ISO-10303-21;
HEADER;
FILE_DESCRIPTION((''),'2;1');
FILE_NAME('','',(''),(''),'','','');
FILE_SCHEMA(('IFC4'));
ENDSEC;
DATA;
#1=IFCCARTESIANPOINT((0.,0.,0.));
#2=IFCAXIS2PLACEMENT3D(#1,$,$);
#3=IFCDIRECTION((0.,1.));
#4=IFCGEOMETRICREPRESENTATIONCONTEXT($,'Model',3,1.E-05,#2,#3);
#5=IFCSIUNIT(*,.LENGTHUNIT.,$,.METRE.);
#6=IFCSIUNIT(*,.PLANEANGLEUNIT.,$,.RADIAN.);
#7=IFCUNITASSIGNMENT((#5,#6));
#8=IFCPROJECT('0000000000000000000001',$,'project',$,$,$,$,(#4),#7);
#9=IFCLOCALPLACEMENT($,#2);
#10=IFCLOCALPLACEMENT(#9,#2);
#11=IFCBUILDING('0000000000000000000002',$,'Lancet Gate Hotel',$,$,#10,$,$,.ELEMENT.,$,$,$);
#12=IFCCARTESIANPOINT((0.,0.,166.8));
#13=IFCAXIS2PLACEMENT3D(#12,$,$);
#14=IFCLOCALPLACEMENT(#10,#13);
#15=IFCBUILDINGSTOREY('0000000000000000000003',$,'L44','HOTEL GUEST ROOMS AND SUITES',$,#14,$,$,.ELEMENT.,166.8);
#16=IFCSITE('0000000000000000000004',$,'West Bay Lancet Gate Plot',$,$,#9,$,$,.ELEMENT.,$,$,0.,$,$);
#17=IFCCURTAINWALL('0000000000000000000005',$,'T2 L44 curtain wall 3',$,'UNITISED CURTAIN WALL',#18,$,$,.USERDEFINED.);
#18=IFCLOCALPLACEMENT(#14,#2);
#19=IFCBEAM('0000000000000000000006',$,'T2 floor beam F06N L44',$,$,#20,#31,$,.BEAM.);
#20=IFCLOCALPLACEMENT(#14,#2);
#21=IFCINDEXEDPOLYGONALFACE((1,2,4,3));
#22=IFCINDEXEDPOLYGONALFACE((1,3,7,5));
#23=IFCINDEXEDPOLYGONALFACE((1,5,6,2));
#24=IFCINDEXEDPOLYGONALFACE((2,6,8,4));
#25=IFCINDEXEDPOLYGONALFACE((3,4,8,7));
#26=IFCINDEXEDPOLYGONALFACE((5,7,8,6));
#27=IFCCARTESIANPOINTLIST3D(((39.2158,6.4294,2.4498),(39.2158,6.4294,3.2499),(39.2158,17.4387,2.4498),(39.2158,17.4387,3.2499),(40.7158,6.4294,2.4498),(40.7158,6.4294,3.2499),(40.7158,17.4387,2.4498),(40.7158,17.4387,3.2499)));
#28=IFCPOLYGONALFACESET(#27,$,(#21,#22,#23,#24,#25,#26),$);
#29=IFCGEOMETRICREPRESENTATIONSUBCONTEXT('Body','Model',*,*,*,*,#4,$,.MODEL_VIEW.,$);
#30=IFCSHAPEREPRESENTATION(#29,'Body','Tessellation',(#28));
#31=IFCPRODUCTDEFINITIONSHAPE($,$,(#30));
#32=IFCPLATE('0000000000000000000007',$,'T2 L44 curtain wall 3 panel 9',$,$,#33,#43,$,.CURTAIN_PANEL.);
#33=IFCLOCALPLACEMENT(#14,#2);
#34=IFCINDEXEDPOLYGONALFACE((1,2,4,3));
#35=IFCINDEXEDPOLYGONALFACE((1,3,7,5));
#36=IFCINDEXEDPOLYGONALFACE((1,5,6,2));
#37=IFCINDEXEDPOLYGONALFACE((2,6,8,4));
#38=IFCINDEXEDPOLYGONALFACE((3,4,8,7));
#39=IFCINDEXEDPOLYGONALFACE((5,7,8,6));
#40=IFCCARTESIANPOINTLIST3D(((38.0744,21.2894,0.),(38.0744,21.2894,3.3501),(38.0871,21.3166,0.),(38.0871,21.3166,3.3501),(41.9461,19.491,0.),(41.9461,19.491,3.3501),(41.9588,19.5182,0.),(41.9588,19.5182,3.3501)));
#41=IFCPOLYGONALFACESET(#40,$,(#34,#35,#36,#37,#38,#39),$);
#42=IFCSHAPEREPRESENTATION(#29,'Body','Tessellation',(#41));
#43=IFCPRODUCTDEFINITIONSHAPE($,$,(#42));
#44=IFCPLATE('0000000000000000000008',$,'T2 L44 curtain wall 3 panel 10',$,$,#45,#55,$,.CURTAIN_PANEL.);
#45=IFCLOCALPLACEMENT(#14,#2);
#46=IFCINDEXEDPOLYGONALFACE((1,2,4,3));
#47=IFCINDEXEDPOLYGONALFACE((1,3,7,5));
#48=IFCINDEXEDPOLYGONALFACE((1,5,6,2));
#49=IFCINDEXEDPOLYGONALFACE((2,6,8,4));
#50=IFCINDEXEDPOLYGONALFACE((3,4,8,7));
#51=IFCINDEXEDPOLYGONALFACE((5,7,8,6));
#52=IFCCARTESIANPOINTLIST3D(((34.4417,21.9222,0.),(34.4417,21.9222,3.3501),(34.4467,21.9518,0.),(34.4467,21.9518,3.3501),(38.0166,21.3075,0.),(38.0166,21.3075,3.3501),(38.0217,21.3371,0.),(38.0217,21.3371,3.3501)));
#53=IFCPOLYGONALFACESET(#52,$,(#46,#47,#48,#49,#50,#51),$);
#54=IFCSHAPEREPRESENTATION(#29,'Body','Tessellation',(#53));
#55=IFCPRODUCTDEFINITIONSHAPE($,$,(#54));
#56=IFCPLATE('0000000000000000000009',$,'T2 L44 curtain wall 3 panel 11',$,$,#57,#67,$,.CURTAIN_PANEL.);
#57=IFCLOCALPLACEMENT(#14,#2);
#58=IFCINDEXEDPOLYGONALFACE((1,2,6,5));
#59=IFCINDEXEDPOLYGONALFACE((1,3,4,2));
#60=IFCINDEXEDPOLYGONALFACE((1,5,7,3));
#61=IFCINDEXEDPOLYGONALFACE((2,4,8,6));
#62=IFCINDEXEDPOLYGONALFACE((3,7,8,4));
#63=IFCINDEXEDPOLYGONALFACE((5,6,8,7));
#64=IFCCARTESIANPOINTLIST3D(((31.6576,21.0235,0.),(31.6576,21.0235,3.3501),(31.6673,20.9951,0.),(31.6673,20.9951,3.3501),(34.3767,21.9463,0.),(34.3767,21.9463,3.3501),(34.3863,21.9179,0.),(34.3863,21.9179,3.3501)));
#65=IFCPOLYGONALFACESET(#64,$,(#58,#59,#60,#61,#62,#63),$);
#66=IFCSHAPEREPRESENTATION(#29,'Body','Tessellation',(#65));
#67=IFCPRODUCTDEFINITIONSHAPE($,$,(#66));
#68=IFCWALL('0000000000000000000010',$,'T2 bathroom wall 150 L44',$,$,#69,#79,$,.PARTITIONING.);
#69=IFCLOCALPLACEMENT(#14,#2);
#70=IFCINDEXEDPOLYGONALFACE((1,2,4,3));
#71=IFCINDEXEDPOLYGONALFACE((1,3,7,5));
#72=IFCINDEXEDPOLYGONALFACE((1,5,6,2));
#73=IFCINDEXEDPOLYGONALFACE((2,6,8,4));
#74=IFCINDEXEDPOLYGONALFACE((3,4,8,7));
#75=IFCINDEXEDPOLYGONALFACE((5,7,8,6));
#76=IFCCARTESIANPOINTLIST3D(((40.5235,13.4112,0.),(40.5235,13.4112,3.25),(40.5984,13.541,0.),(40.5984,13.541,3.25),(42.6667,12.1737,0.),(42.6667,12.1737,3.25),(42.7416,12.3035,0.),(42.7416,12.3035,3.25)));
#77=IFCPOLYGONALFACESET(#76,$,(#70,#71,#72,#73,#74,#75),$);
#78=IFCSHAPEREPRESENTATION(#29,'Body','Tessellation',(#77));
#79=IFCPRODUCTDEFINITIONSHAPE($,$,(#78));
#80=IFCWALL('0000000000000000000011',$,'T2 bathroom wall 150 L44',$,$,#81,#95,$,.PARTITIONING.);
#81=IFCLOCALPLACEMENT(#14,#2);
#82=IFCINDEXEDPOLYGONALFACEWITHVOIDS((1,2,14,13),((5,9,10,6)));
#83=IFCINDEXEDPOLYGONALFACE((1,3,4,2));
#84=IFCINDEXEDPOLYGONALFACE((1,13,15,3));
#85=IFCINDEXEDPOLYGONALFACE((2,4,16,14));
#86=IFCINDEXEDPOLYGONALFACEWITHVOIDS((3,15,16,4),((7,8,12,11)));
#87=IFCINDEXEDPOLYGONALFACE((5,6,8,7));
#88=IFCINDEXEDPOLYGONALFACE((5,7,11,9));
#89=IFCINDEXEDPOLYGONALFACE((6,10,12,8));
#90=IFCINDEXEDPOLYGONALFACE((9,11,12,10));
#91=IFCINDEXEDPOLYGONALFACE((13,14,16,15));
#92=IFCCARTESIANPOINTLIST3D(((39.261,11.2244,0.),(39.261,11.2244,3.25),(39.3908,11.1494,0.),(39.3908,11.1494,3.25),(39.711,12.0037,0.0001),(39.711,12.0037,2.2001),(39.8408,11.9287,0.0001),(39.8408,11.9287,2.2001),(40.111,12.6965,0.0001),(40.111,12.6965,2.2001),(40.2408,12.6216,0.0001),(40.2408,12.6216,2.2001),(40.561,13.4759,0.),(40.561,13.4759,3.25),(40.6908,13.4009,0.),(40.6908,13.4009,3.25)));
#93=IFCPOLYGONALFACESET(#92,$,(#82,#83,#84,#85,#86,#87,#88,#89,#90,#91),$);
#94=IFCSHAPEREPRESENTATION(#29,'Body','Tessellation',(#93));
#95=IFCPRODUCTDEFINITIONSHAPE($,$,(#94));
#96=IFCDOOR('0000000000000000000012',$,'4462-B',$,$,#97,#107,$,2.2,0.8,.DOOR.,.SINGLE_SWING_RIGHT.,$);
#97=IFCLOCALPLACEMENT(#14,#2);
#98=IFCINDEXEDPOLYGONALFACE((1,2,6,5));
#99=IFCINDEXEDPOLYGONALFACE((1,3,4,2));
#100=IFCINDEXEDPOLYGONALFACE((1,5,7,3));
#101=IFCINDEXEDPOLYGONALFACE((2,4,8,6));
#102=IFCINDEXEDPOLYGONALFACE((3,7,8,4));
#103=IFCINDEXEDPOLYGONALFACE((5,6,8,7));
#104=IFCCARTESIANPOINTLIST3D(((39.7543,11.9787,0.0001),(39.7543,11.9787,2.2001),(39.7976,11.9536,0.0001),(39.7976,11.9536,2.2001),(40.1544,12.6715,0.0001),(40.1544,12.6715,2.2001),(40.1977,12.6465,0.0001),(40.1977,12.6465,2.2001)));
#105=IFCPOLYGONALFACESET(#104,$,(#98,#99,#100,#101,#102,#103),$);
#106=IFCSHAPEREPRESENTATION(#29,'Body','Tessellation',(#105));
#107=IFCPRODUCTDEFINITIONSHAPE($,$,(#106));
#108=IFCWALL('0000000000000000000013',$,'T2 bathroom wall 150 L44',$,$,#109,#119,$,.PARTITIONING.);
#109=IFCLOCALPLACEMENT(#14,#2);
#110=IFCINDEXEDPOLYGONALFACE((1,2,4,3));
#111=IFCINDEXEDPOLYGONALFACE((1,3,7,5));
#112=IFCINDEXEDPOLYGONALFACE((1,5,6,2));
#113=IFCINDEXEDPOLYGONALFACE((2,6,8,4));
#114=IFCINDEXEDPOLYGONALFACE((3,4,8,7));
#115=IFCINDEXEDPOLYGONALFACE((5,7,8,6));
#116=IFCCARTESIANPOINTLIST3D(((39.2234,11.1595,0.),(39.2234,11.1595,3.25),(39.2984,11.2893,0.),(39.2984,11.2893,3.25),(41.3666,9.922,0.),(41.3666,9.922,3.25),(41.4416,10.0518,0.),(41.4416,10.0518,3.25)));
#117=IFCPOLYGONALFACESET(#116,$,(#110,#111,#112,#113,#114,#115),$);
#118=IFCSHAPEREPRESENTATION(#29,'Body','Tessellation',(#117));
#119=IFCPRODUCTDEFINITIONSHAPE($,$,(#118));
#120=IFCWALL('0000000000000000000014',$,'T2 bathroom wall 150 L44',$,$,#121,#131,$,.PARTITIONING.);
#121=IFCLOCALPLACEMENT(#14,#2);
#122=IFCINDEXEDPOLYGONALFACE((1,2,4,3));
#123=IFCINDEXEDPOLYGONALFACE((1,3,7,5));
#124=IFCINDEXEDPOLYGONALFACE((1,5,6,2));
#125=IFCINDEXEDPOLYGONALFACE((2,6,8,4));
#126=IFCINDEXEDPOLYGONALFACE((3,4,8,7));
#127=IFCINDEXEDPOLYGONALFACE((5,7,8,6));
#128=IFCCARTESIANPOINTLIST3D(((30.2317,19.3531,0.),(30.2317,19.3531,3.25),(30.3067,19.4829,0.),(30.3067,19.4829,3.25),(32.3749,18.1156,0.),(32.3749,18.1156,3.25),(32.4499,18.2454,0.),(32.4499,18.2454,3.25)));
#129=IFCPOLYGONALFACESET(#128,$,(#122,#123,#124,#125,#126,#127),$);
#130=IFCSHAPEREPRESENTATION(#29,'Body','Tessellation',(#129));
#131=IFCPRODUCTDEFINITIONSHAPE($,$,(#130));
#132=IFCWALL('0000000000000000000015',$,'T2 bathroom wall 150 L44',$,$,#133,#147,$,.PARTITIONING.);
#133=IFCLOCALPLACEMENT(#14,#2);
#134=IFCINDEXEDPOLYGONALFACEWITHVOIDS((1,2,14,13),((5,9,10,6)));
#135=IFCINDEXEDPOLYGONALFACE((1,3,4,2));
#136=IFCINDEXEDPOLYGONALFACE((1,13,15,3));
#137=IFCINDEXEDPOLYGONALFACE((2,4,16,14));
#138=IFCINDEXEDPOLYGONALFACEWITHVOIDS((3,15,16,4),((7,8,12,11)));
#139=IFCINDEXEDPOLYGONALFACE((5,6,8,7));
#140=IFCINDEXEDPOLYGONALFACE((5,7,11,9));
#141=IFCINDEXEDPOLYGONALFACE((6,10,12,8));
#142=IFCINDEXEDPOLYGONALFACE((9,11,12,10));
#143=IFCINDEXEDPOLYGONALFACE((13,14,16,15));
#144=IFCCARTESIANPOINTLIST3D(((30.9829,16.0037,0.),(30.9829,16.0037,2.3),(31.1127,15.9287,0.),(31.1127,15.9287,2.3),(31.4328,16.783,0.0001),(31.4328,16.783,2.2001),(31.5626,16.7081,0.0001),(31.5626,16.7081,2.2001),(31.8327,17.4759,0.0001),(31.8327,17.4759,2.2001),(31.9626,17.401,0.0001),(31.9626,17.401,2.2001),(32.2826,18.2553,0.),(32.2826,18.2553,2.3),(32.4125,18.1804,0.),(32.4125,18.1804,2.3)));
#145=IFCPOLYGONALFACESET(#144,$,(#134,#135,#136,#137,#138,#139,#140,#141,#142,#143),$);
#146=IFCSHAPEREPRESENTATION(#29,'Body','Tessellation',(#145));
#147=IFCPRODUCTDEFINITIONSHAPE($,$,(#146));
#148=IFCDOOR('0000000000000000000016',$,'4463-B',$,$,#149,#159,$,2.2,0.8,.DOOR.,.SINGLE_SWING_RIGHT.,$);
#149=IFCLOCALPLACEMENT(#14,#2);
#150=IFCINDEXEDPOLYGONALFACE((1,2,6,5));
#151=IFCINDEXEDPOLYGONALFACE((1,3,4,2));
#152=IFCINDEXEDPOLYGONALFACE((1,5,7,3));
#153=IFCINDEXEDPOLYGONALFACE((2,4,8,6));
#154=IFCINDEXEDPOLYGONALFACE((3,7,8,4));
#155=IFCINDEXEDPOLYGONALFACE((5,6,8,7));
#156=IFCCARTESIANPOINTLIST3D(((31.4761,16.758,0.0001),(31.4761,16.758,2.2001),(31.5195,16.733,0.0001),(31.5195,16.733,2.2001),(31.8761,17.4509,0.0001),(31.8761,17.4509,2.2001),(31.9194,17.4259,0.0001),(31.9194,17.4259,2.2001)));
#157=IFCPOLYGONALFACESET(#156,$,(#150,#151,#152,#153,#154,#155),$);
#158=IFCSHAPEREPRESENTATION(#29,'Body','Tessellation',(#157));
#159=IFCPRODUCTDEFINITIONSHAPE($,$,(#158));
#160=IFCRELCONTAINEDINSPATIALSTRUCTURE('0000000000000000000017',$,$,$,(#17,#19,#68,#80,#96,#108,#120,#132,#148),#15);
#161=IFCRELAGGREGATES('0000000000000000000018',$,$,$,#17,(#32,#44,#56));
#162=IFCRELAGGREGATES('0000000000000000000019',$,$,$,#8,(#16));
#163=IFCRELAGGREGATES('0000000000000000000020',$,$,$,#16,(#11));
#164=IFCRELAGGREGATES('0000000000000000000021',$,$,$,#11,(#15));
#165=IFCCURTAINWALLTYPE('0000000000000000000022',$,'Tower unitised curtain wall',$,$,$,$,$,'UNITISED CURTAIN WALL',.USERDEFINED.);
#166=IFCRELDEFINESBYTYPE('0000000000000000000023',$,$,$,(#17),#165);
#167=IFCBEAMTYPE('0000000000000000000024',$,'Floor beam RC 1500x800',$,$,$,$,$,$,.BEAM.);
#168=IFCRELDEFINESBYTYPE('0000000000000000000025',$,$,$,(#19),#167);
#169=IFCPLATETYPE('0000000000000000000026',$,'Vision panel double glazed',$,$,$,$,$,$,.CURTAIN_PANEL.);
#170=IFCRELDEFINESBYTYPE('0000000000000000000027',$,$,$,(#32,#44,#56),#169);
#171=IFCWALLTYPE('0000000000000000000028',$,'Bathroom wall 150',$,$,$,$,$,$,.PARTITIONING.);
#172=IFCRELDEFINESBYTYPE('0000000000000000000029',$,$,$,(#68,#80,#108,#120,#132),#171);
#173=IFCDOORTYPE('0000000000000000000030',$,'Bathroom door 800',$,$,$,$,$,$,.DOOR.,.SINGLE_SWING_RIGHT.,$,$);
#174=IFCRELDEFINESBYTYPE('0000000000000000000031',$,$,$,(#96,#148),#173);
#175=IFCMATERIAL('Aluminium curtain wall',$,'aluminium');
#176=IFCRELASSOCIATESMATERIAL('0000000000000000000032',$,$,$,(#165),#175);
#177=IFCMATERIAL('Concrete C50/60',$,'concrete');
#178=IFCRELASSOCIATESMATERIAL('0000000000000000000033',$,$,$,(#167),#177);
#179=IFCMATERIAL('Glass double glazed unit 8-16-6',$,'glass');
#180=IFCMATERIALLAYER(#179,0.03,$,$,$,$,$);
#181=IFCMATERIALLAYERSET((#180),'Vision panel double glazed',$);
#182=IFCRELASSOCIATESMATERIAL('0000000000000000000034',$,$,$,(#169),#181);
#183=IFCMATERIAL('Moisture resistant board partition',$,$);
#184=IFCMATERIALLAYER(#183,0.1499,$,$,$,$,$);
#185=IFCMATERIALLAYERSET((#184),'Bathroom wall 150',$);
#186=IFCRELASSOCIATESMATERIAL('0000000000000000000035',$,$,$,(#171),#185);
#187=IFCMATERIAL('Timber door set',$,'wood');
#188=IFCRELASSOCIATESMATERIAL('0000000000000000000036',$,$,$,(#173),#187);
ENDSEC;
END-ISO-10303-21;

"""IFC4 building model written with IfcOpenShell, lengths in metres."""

from ifc_helpers import new_model, si_unit, direction, frame, frame_2d, origin, origin_2d, place, context, subcontext, project, spatial, rectangle, extrude, material, layer, layer_set, material_profile, profile_set, type_object, element, fill, aggregate, save


model = new_model("IFC4")

# Units and contexts
model_context = context("Model", 3, precision=1e-05, world=origin(), true_north=direction((0.0, 1.0)))
body_context = subcontext(model_context, "Body", "Model", "MODEL_VIEW")
ifc_project = project(units=[si_unit("LENGTHUNIT", "METRE"), si_unit("PLANEANGLEUNIT", "RADIAN")], contexts=[model_context])

# Site, building, storey
site_placement = place(None, origin())
site = spatial("IfcSite", under=ifc_project, at=site_placement, Name="West Bay Lancet Gate Plot", CompositionType="ELEMENT", RefElevation=0.0)
building_placement = place(site_placement, origin())
building = spatial("IfcBuilding", under=site, at=building_placement, Name="Lancet Gate Hotel", CompositionType="ELEMENT")
storey_placement = place(building_placement, frame((0.0, 0.0, 166.8)))
storey = spatial("IfcBuildingStorey", under=building, at=storey_placement, Name="L44", Description="HOTEL GUEST ROOMS AND SUITES", CompositionType="ELEMENT", Elevation=166.8)

# Curtain wall
ifc_material_1 = material(Name="Aluminium curtain wall", Category="aluminium")
curtain_wall_type = type_object("IfcCurtainWallType", Name="Tower unitised curtain wall", ElementType="UNITISED CURTAIN WALL", PredefinedType="USERDEFINED", material=ifc_material_1)
curtain_wall_1_placement = place(storey_placement, origin())
curtain_wall_1 = element("IfcCurtainWall", 1, at=curtain_wall_1_placement, inside=storey, type_object=curtain_wall_type, Name="T2 L44 curtain wall 3", ObjectType="UNITISED CURTAIN WALL", PredefinedType="USERDEFINED")

# Beam
ifc_material_2 = material(Name="Concrete C50/60", Category="concrete")
ifc_material_profile_1 = material_profile(ifc_material_2, rectangle(XDim=1.5, YDim=0.8, at=origin_2d()), Name="RC 1500x800")
ifc_profile_set_1 = profile_set([ifc_material_profile_1], Name="Concrete C50/60")
beam_type = type_object("IfcBeamType", Name="Floor beam RC 1500x800", PredefinedType="BEAM", material=ifc_profile_set_1)
beam_1_placement = place(storey_placement, frame((39.9658, 6.4294, 2.8499), z_axis=(0.0, 1.0, 0.0), x_axis=(-1.0, 0.0, 0.0)))
element("IfcBeam", 2, at=beam_1_placement, inside=storey, type_object=beam_type, Name="T2 floor beam F06N L44", PredefinedType="BEAM", context=body_context, shape_type="SweptSolid", body=[
    extrude(rectangle(XDim=1.5, YDim=0.8, at=origin_2d()), origin(), (0.0, 0.0, 1.0), 11.0093),
])

# Plates
ifc_material_3 = material(Name="Glass double glazed unit 8-16-6", Category="glass")
ifc_layer_1 = layer(ifc_material_3, 0.03)
ifc_layer_set_1 = layer_set([ifc_layer_1], Name="Vision panel double glazed")
plate_type = type_object("IfcPlateType", Name="Vision panel double glazed", PredefinedType="CURTAIN_PANEL", material=ifc_layer_set_1)
plate_1_placement = place(storey_placement, frame((40.0166, 20.4038, 0.0), z_axis=(0.0, 0.0, 1.0), x_axis=(-0.906935, 0.421271, 0.0)))
plate_1 = element("IfcPlate", 3, at=plate_1_placement, type_object=plate_type, Name="T2 L44 curtain wall 3 panel 9", PredefinedType="CURTAIN_PANEL", context=body_context, shape_type="SweptSolid", body=[
    extrude(rectangle(XDim=4.269, YDim=0.03, at=origin_2d()), origin(), (0.0, 0.0, 1.0), 3.3501),
])
plate_2_placement = place(storey_placement, frame((36.2317, 21.6296, 0.0), z_axis=(0.0, 0.0, 1.0), x_axis=(-0.98554, 0.169445, 0.0)))
plate_2 = element("IfcPlate", 4, at=plate_2_placement, type_object=plate_type, Name="T2 L44 curtain wall 3 panel 10", PredefinedType="CURTAIN_PANEL", context=body_context, shape_type="SweptSolid", body=[
    extrude(rectangle(XDim=3.6274, YDim=0.03, at=origin_2d()), origin(), (0.0, 0.0, 1.0), 3.3501),
])
plate_3_placement = place(storey_placement, frame((33.022, 21.4707, 0.0), z_axis=(0.0, 0.0, 1.0), x_axis=(-0.946952, -0.321374, 0.0)))
plate_3 = element("IfcPlate", 5, at=plate_3_placement, type_object=plate_type, Name="T2 L44 curtain wall 3 panel 11", PredefinedType="CURTAIN_PANEL", context=body_context, shape_type="SweptSolid", body=[
    extrude(rectangle(XDim=2.8713, YDim=0.03, at=origin_2d()), origin(), (0.0, 0.0, 1.0), 3.3501),
])
aggregate(curtain_wall_1, [plate_1, plate_2, plate_3])

# Wall
ifc_material_4 = material(Name="Moisture resistant board partition")
ifc_layer_2 = layer(ifc_material_4, 0.1499)
ifc_layer_set_2 = layer_set([ifc_layer_2], Name="Bathroom wall 150")
wall_type_1 = type_object("IfcWallType", Name="Bathroom wall 150", PredefinedType="PARTITIONING", material=ifc_layer_set_2)
wall_1_placement = place(storey_placement, frame((40.561, 13.4761, 0.0), z_axis=(0.0, 0.0, 1.0), x_axis=(0.866007, -0.500033, 0.0)))
element("IfcWall", 6, at=wall_1_placement, inside=storey, type_object=wall_type_1, Name="T2 bathroom wall 150 L44", PredefinedType="PARTITIONING", context=body_context, shape_type="SweptSolid", body=[
    extrude(rectangle(XDim=2.4749, YDim=0.1499, at=frame_2d((1.2373, 0.0))), origin(), (0.0, 0.0, 1.0), 3.25),
])

# Wall, opening, door
wall_2_placement = place(storey_placement, frame((39.3259, 11.187, 0.0), z_axis=(0.0, 0.0, 1.0), x_axis=(0.500048, 0.865998, 0.0)))
wall_2 = element("IfcWall", 7, at=wall_2_placement, inside=storey, type_object=wall_type_1, Name="T2 bathroom wall 150 L44", PredefinedType="PARTITIONING", context=body_context, shape_type="SweptSolid", body=[
    extrude(rectangle(XDim=2.5999, YDim=0.1499, at=frame_2d((1.2998, 0.0))), origin(), (0.0, 0.0, 1.0), 3.25),
])
opening_1_placement = place(wall_2_placement, frame((0.8999, 0.0, 0.0)))
opening_1 = element("IfcOpeningElement", 8, at=opening_1_placement, cuts=wall_2, PredefinedType="OPENING", context=body_context, shape_type="SweptSolid", body=[
    extrude(rectangle(XDim=0.8, YDim=2.2, at=frame_2d((0.3999, 1.1001))), frame((0.0, 0.085, 0.0), z_axis=(0.0, -1.0, 0.0), x_axis=(1.0, 0.0, 0.0)), (0.0, 0.0, 1.0), 0.1699),
])
ifc_material_5 = material(Name="Timber door set", Category="wood")
door_type_1 = type_object("IfcDoorType", Name="Bathroom door 800", OperationType="SINGLE_SWING_RIGHT", PredefinedType="DOOR", material=ifc_material_5)
door_1_placement = place(opening_1_placement, origin())
door_1 = element("IfcDoor", 9, at=door_1_placement, inside=storey, type_object=door_type_1, Name="4462-B", OperationType="SINGLE_SWING_RIGHT", OverallHeight=2.2, OverallWidth=0.8, PredefinedType="DOOR", context=body_context, shape_type="SweptSolid", body=[
    extrude(rectangle(XDim=0.8, YDim=2.2, at=frame_2d((0.3999, 1.1001))), frame((0.0, 0.0249, 0.0), z_axis=(0.0, -1.0, 0.0), x_axis=(1.0, 0.0, 0.0)), (0.0, 0.0, 1.0), 0.05),
])
fill(opening_1, door_1)

# Walls
for number, where, z_axis, x_axis, name in (
    (10, (39.261, 11.2244, 0.0), (0.0, 0.0, 1.0), (0.866007, -0.500033, 0.0), "T2 bathroom wall 150 L44"),
    (11, (30.2693, 19.418, 0.0), (0.0, 0.0, 1.0), (0.866007, -0.500033, 0.0), "T2 bathroom wall 150 L44"),
):
    element("IfcWall", number, at=place(storey_placement, frame(where, z_axis=z_axis, x_axis=x_axis)), inside=storey, type_object=wall_type_1, Name=name, PredefinedType="PARTITIONING", context=body_context, shape_type="SweptSolid", body=[
        extrude(rectangle(XDim=2.4749, YDim=0.1499, at=frame_2d((1.2373, 0.0))), origin(), (0.0, 0.0, 1.0), 3.25),
    ])

# Wall, opening, door
wall_3_placement = place(storey_placement, frame((31.0479, 15.9663, 0.0), z_axis=(0.0, 0.0, 1.0), x_axis=(0.499937, 0.866062, 0.0)))
wall_3 = element("IfcWall", 12, at=wall_3_placement, inside=storey, type_object=wall_type_1, Name="T2 bathroom wall 150 L44", PredefinedType="PARTITIONING", context=body_context, shape_type="SweptSolid", body=[
    extrude(rectangle(XDim=2.5999, YDim=0.1499, at=frame_2d((1.2998, 0.0))), origin(), (0.0, 0.0, 1.0), 2.3),
])
opening_2_placement = place(wall_3_placement, frame((0.8999, 0.0, 0.0)))
opening_2 = element("IfcOpeningElement", 13, at=opening_2_placement, cuts=wall_3, PredefinedType="OPENING", context=body_context, shape_type="SweptSolid", body=[
    extrude(rectangle(XDim=0.8, YDim=2.2, at=frame_2d((0.3999, 1.1001))), frame((0.0, 0.085, 0.0), z_axis=(0.0, -1.0, 0.0), x_axis=(1.0, 0.0, 0.0)), (0.0, 0.0, 1.0), 0.1699),
])
door_2_placement = place(opening_2_placement, origin())
door_2 = element("IfcDoor", 14, at=door_2_placement, inside=storey, type_object=door_type_1, Name="4463-B", OperationType="SINGLE_SWING_RIGHT", OverallHeight=2.2, OverallWidth=0.8, PredefinedType="DOOR", context=body_context, shape_type="SweptSolid", body=[
    extrude(rectangle(XDim=0.8, YDim=2.2, at=frame_2d((0.3999, 1.1001))), frame((0.0, 0.0249, 0.0), z_axis=(0.0, -1.0, 0.0), x_axis=(1.0, 0.0, 0.0)), (0.0, 0.0, 1.0), 0.05),
])
fill(opening_2, door_2)

save(model, "model.ifc")
